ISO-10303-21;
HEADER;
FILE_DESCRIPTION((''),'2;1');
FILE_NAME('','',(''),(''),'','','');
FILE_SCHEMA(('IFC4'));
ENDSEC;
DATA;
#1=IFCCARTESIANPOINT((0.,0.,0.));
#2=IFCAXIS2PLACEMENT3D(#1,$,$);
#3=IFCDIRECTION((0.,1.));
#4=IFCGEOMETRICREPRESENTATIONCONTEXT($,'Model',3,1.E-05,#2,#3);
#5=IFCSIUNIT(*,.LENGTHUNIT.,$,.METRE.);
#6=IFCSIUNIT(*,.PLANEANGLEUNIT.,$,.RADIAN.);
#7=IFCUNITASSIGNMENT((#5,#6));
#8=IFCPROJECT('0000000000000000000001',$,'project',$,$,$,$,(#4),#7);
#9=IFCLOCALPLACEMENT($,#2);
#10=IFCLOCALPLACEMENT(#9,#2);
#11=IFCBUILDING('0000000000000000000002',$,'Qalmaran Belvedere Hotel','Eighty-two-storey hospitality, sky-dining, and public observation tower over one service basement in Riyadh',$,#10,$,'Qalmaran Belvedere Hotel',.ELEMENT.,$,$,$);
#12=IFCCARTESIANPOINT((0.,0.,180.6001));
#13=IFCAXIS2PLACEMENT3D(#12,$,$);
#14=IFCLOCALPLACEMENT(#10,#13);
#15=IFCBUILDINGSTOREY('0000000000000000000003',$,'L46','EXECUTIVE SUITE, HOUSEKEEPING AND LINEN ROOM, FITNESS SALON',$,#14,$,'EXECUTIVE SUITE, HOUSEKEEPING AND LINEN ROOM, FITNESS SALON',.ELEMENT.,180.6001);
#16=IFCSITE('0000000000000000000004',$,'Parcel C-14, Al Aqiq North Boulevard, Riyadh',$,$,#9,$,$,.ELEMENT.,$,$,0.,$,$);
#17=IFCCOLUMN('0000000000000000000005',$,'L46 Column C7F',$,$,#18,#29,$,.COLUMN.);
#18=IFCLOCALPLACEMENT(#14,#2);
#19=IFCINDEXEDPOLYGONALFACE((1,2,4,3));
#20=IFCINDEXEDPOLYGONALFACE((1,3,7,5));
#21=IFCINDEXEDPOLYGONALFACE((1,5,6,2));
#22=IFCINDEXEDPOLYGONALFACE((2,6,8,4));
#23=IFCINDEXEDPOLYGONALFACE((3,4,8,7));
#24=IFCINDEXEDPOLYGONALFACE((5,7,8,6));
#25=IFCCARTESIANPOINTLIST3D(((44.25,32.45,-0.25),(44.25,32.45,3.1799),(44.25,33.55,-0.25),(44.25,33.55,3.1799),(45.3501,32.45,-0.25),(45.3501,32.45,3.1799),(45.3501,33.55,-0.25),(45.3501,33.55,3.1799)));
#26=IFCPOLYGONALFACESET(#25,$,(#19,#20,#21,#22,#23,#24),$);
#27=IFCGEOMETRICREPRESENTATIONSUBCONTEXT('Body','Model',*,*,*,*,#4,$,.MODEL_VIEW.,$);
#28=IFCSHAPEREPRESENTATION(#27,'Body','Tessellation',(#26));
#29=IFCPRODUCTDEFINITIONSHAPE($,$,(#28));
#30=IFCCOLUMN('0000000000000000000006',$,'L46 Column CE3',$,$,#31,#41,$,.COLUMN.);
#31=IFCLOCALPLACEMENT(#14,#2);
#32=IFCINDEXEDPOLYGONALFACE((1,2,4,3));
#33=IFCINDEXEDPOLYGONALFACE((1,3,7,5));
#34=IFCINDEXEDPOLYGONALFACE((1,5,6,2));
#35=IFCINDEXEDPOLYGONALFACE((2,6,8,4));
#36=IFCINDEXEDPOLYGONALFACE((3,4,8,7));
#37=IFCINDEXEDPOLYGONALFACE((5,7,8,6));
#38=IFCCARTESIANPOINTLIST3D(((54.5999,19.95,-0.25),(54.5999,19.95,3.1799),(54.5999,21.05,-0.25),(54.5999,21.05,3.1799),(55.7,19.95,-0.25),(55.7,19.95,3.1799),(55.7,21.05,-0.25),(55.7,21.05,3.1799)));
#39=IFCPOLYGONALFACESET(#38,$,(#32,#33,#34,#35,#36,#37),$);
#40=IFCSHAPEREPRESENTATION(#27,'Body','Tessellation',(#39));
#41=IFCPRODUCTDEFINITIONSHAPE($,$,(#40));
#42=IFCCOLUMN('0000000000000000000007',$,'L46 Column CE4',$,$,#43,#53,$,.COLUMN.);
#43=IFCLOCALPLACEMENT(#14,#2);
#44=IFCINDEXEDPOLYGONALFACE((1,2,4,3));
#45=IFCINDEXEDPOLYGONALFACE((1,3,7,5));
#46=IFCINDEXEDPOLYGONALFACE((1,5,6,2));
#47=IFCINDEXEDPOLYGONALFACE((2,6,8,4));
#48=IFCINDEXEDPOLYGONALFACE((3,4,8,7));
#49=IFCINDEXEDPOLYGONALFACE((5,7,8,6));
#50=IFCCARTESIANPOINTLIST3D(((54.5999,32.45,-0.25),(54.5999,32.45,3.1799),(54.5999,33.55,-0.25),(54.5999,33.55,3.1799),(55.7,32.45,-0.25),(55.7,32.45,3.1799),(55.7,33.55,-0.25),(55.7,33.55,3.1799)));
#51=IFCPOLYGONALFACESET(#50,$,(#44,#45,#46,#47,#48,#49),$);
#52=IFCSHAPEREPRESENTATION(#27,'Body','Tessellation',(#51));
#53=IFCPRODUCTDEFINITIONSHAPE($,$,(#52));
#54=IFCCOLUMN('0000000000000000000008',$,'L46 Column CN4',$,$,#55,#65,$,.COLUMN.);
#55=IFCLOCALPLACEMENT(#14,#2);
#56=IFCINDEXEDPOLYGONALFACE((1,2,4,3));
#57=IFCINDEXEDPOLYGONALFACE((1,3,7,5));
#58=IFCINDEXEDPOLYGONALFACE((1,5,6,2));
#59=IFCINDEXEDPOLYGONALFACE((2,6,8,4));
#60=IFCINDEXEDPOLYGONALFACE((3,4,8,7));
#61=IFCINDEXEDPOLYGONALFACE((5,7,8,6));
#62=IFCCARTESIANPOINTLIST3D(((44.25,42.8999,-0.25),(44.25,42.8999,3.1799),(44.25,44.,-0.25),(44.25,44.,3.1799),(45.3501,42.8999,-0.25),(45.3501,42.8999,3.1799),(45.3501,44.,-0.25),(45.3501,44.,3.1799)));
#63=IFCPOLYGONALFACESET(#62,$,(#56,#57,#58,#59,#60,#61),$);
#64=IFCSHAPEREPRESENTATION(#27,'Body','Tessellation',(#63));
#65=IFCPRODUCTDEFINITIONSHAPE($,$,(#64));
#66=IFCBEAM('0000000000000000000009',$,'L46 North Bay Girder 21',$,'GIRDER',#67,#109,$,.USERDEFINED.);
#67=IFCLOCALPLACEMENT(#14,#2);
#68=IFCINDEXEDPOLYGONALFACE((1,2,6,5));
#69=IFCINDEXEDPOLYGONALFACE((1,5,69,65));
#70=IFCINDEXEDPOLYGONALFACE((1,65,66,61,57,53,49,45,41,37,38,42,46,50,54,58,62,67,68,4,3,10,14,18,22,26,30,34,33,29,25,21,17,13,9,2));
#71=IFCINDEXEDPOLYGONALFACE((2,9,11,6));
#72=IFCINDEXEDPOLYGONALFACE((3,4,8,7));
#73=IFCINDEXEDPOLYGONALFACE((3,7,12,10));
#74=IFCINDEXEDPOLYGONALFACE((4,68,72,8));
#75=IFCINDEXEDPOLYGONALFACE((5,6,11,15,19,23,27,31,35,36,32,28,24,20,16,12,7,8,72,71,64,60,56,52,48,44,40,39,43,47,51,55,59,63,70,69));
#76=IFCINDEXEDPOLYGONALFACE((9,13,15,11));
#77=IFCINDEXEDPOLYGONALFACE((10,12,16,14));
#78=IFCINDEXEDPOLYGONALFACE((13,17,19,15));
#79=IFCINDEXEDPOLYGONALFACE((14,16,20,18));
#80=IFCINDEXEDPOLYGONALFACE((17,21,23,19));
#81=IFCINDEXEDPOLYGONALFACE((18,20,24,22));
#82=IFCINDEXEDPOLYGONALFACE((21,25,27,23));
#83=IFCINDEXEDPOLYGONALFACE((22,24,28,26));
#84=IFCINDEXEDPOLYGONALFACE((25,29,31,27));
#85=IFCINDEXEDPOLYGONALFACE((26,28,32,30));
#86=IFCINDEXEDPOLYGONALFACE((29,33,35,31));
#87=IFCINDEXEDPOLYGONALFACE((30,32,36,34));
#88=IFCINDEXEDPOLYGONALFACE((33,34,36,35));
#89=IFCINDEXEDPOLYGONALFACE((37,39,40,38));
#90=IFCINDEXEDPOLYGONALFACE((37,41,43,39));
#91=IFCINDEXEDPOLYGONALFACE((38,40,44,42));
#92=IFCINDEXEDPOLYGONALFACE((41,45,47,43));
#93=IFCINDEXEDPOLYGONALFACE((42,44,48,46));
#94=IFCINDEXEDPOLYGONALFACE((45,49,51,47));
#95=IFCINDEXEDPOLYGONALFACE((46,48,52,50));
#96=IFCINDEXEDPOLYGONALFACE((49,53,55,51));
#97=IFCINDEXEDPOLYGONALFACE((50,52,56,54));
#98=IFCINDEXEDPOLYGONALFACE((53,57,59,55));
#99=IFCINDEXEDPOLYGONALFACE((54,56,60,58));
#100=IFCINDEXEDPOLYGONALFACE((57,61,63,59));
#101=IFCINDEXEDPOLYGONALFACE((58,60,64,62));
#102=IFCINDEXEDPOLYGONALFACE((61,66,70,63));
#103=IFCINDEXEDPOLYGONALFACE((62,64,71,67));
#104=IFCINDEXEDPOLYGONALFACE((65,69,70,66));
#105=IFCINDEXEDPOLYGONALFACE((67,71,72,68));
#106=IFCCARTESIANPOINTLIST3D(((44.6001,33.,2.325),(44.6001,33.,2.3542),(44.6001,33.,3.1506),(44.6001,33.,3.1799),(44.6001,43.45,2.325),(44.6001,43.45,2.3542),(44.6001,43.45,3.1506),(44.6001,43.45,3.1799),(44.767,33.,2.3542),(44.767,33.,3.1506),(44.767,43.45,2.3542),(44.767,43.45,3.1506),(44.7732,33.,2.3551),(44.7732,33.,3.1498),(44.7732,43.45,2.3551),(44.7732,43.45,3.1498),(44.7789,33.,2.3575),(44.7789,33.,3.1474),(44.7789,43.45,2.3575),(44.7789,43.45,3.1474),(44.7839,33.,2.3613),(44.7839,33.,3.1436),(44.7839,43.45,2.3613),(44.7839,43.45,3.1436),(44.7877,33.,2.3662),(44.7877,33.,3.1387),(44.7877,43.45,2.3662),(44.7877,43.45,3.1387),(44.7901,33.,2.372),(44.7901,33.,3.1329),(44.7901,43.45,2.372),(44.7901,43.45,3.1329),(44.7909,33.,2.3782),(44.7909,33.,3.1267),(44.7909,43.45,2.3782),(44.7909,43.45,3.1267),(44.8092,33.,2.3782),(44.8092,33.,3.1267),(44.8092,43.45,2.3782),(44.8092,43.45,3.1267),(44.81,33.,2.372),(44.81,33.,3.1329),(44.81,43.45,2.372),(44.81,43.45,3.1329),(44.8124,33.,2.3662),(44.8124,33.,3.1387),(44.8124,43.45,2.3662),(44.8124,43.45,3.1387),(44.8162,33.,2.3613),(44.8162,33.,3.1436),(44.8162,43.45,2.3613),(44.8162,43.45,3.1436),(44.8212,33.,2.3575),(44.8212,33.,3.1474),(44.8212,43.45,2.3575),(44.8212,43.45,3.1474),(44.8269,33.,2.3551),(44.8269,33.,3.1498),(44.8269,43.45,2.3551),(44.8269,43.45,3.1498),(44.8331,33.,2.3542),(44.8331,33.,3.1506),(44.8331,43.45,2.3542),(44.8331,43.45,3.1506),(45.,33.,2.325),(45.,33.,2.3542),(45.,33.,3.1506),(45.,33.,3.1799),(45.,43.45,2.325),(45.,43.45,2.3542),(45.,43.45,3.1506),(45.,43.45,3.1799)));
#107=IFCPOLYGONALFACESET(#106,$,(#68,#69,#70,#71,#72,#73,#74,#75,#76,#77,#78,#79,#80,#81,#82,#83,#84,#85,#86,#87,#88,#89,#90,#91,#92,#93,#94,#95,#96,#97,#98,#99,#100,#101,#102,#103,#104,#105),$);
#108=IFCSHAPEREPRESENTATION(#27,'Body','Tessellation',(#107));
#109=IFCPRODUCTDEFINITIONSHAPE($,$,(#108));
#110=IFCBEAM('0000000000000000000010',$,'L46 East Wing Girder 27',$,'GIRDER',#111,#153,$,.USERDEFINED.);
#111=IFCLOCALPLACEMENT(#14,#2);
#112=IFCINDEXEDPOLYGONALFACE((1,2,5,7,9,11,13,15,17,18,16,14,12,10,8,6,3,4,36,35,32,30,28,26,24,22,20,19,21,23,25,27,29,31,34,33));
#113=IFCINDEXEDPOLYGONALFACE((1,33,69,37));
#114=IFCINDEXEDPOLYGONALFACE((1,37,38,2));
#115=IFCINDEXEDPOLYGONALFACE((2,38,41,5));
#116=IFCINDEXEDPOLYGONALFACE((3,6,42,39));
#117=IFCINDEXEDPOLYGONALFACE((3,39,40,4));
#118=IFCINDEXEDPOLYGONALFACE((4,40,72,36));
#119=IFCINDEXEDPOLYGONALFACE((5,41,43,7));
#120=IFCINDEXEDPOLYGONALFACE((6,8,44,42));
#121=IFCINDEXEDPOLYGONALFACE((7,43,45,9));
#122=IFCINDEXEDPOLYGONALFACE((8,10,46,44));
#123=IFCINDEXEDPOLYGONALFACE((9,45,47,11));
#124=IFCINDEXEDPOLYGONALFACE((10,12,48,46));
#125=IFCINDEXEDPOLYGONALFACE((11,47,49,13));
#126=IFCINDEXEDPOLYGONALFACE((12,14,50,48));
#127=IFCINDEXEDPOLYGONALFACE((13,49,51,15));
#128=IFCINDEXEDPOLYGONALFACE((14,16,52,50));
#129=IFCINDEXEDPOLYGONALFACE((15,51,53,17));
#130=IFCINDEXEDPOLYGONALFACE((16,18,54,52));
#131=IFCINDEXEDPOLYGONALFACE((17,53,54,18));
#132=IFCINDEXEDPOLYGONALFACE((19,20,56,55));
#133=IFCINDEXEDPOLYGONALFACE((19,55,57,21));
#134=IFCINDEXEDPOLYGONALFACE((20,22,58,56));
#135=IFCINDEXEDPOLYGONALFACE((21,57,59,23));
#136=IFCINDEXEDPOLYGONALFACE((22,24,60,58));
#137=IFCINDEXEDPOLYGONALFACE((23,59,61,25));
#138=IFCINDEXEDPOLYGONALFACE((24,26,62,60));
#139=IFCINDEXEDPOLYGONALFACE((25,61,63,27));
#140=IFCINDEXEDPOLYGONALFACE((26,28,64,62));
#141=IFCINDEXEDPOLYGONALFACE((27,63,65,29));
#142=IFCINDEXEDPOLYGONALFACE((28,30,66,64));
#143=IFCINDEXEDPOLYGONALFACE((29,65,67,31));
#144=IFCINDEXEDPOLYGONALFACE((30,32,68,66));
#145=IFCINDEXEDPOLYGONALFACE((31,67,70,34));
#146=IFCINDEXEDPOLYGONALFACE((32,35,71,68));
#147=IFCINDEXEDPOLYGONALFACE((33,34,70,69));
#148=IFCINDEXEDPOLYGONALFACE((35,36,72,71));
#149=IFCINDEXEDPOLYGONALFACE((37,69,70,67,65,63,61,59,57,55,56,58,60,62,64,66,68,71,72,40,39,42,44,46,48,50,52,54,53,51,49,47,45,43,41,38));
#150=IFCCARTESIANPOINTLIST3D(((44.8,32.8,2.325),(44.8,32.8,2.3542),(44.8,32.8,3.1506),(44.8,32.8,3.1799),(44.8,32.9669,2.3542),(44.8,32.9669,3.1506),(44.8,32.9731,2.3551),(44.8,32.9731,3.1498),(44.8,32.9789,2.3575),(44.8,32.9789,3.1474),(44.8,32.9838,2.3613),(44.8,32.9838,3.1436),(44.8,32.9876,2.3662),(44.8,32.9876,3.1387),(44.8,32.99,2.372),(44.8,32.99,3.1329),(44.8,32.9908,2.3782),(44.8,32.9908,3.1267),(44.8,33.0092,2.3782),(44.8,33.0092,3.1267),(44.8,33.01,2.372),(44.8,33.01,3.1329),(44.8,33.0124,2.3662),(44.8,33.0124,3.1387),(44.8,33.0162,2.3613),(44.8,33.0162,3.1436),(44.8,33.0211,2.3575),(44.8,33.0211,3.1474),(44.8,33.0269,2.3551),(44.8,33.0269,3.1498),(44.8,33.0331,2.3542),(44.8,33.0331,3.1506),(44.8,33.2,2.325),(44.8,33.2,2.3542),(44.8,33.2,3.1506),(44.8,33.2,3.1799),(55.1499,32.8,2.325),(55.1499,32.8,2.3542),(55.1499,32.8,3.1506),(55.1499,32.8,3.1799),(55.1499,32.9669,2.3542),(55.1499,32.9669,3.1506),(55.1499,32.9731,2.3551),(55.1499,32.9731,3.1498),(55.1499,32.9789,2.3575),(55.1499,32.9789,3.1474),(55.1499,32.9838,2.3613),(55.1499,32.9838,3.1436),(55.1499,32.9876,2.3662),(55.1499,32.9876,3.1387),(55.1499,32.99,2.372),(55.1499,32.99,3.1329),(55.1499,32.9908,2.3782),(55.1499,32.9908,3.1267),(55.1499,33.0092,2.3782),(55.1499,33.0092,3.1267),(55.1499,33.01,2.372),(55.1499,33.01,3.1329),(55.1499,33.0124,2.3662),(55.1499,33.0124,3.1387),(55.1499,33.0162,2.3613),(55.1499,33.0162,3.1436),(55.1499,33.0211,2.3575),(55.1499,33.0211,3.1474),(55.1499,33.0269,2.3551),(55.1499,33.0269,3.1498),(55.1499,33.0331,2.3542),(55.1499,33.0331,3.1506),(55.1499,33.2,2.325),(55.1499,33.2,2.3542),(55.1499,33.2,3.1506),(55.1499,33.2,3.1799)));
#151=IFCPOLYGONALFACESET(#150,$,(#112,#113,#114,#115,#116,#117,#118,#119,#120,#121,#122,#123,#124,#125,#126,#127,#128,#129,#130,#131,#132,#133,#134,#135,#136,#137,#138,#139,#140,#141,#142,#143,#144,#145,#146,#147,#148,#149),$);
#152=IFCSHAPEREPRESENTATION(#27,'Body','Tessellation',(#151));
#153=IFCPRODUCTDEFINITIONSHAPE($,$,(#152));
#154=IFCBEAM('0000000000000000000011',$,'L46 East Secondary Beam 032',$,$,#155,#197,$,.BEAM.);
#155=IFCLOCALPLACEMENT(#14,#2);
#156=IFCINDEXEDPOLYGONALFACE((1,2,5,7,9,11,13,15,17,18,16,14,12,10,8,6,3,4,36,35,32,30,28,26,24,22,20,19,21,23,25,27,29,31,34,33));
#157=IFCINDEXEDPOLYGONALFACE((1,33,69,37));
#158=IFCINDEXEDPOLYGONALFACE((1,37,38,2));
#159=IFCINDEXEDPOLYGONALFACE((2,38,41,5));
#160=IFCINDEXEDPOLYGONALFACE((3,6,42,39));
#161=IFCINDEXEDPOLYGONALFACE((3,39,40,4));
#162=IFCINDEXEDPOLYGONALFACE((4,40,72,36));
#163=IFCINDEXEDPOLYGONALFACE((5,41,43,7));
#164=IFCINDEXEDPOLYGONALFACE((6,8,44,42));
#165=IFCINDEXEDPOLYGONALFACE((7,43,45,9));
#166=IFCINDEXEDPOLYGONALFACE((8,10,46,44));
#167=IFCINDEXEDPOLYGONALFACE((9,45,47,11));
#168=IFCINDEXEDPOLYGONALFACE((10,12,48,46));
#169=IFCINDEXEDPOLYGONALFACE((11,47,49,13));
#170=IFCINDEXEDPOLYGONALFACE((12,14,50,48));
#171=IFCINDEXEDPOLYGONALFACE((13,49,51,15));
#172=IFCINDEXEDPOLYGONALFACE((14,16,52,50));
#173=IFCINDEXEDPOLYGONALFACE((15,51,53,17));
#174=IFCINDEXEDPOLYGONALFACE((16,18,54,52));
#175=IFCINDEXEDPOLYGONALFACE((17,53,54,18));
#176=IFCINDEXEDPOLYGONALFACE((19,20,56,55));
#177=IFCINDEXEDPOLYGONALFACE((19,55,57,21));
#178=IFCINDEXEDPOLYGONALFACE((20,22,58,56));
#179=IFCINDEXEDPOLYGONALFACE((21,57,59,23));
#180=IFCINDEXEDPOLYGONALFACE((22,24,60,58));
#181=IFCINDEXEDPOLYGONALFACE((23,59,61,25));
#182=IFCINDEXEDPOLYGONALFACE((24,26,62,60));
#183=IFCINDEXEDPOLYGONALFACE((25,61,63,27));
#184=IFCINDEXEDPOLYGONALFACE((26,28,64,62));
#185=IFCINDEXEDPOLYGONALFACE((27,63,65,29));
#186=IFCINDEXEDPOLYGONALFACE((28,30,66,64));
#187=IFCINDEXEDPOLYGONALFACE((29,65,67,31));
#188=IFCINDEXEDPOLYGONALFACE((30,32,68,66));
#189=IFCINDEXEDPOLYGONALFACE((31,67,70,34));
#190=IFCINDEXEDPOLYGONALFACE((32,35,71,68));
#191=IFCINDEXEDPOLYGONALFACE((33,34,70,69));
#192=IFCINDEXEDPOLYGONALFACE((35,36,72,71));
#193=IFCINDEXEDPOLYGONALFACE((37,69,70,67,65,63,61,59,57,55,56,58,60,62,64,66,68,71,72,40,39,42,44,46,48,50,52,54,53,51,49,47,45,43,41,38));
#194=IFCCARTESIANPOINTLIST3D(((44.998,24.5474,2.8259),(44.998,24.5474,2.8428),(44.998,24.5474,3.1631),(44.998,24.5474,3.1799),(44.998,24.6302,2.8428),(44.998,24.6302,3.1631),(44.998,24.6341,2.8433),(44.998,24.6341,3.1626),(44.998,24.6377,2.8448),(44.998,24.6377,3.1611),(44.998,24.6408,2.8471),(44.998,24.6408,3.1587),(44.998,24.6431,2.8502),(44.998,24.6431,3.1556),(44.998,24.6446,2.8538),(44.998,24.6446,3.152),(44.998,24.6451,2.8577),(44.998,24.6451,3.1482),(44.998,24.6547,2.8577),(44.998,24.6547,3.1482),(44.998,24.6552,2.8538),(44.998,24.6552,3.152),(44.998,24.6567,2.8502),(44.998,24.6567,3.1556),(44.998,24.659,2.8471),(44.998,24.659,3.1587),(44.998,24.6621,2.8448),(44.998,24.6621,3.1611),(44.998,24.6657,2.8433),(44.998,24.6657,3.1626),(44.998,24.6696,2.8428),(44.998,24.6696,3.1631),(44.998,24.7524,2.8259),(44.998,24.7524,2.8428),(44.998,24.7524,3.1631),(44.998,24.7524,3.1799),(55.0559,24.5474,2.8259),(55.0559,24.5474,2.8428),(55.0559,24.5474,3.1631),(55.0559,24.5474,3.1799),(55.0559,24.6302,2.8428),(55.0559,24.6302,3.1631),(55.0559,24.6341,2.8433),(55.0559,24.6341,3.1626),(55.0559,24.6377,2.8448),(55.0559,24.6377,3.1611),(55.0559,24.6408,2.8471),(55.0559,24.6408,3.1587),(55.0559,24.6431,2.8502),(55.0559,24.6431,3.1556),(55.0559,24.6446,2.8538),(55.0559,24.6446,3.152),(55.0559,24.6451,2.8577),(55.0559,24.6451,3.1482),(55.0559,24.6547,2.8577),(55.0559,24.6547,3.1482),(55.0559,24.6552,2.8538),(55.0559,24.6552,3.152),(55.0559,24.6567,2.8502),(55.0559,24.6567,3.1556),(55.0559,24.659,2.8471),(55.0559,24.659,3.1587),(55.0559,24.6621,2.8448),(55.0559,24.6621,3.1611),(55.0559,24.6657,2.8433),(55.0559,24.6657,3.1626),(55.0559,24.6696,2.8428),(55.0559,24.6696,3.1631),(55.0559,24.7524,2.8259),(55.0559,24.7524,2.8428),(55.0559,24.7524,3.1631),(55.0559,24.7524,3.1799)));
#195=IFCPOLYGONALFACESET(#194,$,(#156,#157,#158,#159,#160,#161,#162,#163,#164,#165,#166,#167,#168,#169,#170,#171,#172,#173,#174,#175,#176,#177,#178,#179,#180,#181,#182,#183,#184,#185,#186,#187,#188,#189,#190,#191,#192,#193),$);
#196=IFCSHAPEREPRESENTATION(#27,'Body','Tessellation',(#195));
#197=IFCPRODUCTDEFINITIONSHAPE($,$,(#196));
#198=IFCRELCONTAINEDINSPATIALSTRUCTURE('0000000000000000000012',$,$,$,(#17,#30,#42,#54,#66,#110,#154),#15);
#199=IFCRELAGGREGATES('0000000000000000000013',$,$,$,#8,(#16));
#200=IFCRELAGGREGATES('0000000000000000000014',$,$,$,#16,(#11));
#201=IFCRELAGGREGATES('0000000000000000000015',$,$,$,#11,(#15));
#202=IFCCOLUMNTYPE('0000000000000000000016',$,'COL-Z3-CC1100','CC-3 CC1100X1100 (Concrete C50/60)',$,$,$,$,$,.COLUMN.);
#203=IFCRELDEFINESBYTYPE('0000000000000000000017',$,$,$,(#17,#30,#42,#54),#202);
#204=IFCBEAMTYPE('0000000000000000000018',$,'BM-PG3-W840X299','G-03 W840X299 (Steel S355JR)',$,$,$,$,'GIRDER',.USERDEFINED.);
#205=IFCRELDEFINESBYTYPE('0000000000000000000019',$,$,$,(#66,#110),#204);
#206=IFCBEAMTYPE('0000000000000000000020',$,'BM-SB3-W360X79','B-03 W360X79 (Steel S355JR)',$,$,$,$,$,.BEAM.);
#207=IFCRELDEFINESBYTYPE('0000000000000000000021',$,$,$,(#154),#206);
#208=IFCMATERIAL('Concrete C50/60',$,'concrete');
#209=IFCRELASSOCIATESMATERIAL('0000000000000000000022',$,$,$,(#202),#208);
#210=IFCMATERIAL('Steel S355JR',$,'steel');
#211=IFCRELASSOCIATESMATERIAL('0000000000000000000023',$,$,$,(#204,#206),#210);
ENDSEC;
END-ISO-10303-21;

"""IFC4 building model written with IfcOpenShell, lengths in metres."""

from ifc_helpers import new_model, si_unit, direction, frame, origin, origin_2d, place, context, subcontext, project, spatial, rectangle, i_section, extrude, material, material_profile, profile_set, type_object, element, save


model = new_model("IFC4")

# Units and contexts
model_context = context("Model", 3, precision=1e-05, world=origin(), true_north=direction((0.0, 1.0)))
body_context = subcontext(model_context, "Body", "Model", "MODEL_VIEW")
ifc_project = project(units=[si_unit("LENGTHUNIT", "METRE"), si_unit("PLANEANGLEUNIT", "RADIAN")], contexts=[model_context])

# Site, building, storey
site_placement = place(None, origin())
site = spatial("IfcSite", under=ifc_project, at=site_placement, Name="Parcel C-14, Al Aqiq North Boulevard, Riyadh", CompositionType="ELEMENT", RefElevation=0.0)
building_placement = place(site_placement, origin())
building = spatial("IfcBuilding", under=site, at=building_placement, Name="Qalmaran Belvedere Hotel", Description="Eighty-two-storey hospitality, sky-dining, and public observation tower over one service basement in Riyadh", LongName="Qalmaran Belvedere Hotel", CompositionType="ELEMENT")
storey_placement = place(building_placement, frame((0.0, 0.0, 180.6001)))
storey = spatial("IfcBuildingStorey", under=building, at=storey_placement, Name="L46", Description="EXECUTIVE SUITE, HOUSEKEEPING AND LINEN ROOM, FITNESS SALON", LongName="EXECUTIVE SUITE, HOUSEKEEPING AND LINEN ROOM, FITNESS SALON", CompositionType="ELEMENT", Elevation=180.6001)

# Columns
ifc_material_1 = material(Name="Concrete C50/60", Category="concrete")
ifc_material_profile_1 = material_profile(ifc_material_1, rectangle(XDim=1.1001, YDim=1.1001, at=origin_2d()), Name="CC1100X1100")
ifc_profile_set_1 = profile_set([ifc_material_profile_1], Name="Concrete C50/60")
column_type = type_object("IfcColumnType", Name="COL-Z3-CC1100", Description="CC-3 CC1100X1100 (Concrete C50/60)", PredefinedType="COLUMN", material=ifc_profile_set_1)
for number, where, z_axis, x_axis, name in (
    (1, (44.8, 33.0, -0.25), (0.0, 0.0, 1.0), (1.0, 0.0, 0.0), "L46 Column C7F"),
    (2, (55.1499, 20.5, -0.25), (0.0, 0.0, 1.0), (1.0, 0.0, 0.0), "L46 Column CE3"),
    (3, (55.1499, 33.0, -0.25), (0.0, 0.0, 1.0), (1.0, 0.0, 0.0), "L46 Column CE4"),
    (4, (44.8, 43.45, -0.25), (0.0, 0.0, 1.0), (1.0, 0.0, 0.0), "L46 Column CN4"),
):
    element("IfcColumn", number, at=place(storey_placement, frame(where, z_axis=z_axis, x_axis=x_axis)), inside=storey, type_object=column_type, Name=name, PredefinedType="COLUMN", context=body_context, shape_type="SweptSolid", body=[
        extrude(rectangle(XDim=1.1001, YDim=1.1001, at=origin_2d()), origin(), (0.0, 0.0, 1.0), 3.4299),
    ])

# Beams
ifc_material_2 = material(Name="Steel S355JR", Category="steel")
ifc_material_profile_2 = material_profile(ifc_material_2, i_section(OverallWidth=0.3999, OverallDepth=0.855, WebThickness=0.0183, FlangeThickness=0.0293, FilletRadius=0.0239, at=origin_2d()), Name="W840X299")
ifc_profile_set_2 = profile_set([ifc_material_profile_2], Name="Steel S355JR")
beam_type_1 = type_object("IfcBeamType", Name="BM-PG3-W840X299", Description="G-03 W840X299 (Steel S355JR)", ElementType="GIRDER", PredefinedType="USERDEFINED", material=ifc_profile_set_2)
beam_1_placement = place(storey_placement, frame((44.8, 33.0, 2.7524), z_axis=(0.0, 1.0, 0.0), x_axis=(-1.0, 0.0, 0.0)))
element("IfcBeam", 5, at=beam_1_placement, inside=storey, type_object=beam_type_1, Name="L46 North Bay Girder 21", ObjectType="GIRDER", PredefinedType="USERDEFINED", context=body_context, shape_type="SweptSolid", body=[
    extrude(i_section(OverallWidth=0.3999, OverallDepth=0.855, WebThickness=0.0183, FlangeThickness=0.0293, FilletRadius=0.0239, at=origin_2d()), origin(), (0.0, 0.0, 1.0), 10.45),
])
beam_2_placement = place(storey_placement, frame((44.8, 33.0, 2.7524), z_axis=(1.0, 0.0, 0.0), x_axis=(0.0, 1.0, 0.0)))
element("IfcBeam", 6, at=beam_2_placement, inside=storey, type_object=beam_type_1, Name="L46 East Wing Girder 27", ObjectType="GIRDER", PredefinedType="USERDEFINED", context=body_context, shape_type="SweptSolid", body=[
    extrude(i_section(OverallWidth=0.3999, OverallDepth=0.855, WebThickness=0.0183, FlangeThickness=0.0293, FilletRadius=0.0239, at=origin_2d()), origin(), (0.0, 0.0, 1.0), 10.3499),
])
ifc_material_profile_3 = material_profile(ifc_material_2, i_section(OverallWidth=0.2051, OverallDepth=0.354, WebThickness=0.0095, FlangeThickness=0.0168, FilletRadius=0.0149, at=origin_2d()), Name="W360X79")
ifc_profile_set_3 = profile_set([ifc_material_profile_3], Name="Steel S355JR")
beam_type_2 = type_object("IfcBeamType", Name="BM-SB3-W360X79", Description="B-03 W360X79 (Steel S355JR)", PredefinedType="BEAM", material=ifc_profile_set_3)
for number, where, z_axis, x_axis, name in (
    (7, (44.998, 24.6499, 3.0029), (1.0, 0.0, 0.0), (0.0, 1.0, 0.0), "L46 East Secondary Beam 032"),
):
    element("IfcBeam", number, at=place(storey_placement, frame(where, z_axis=z_axis, x_axis=x_axis)), inside=storey, type_object=beam_type_2, Name=name, PredefinedType="BEAM", context=body_context, shape_type="SweptSolid", body=[
        extrude(i_section(OverallWidth=0.2051, OverallDepth=0.354, WebThickness=0.0095, FlangeThickness=0.0168, FilletRadius=0.0149, at=origin_2d()), origin(), (0.0, 0.0, 1.0), 10.0579),
    ])

save(model, "model.ifc")
